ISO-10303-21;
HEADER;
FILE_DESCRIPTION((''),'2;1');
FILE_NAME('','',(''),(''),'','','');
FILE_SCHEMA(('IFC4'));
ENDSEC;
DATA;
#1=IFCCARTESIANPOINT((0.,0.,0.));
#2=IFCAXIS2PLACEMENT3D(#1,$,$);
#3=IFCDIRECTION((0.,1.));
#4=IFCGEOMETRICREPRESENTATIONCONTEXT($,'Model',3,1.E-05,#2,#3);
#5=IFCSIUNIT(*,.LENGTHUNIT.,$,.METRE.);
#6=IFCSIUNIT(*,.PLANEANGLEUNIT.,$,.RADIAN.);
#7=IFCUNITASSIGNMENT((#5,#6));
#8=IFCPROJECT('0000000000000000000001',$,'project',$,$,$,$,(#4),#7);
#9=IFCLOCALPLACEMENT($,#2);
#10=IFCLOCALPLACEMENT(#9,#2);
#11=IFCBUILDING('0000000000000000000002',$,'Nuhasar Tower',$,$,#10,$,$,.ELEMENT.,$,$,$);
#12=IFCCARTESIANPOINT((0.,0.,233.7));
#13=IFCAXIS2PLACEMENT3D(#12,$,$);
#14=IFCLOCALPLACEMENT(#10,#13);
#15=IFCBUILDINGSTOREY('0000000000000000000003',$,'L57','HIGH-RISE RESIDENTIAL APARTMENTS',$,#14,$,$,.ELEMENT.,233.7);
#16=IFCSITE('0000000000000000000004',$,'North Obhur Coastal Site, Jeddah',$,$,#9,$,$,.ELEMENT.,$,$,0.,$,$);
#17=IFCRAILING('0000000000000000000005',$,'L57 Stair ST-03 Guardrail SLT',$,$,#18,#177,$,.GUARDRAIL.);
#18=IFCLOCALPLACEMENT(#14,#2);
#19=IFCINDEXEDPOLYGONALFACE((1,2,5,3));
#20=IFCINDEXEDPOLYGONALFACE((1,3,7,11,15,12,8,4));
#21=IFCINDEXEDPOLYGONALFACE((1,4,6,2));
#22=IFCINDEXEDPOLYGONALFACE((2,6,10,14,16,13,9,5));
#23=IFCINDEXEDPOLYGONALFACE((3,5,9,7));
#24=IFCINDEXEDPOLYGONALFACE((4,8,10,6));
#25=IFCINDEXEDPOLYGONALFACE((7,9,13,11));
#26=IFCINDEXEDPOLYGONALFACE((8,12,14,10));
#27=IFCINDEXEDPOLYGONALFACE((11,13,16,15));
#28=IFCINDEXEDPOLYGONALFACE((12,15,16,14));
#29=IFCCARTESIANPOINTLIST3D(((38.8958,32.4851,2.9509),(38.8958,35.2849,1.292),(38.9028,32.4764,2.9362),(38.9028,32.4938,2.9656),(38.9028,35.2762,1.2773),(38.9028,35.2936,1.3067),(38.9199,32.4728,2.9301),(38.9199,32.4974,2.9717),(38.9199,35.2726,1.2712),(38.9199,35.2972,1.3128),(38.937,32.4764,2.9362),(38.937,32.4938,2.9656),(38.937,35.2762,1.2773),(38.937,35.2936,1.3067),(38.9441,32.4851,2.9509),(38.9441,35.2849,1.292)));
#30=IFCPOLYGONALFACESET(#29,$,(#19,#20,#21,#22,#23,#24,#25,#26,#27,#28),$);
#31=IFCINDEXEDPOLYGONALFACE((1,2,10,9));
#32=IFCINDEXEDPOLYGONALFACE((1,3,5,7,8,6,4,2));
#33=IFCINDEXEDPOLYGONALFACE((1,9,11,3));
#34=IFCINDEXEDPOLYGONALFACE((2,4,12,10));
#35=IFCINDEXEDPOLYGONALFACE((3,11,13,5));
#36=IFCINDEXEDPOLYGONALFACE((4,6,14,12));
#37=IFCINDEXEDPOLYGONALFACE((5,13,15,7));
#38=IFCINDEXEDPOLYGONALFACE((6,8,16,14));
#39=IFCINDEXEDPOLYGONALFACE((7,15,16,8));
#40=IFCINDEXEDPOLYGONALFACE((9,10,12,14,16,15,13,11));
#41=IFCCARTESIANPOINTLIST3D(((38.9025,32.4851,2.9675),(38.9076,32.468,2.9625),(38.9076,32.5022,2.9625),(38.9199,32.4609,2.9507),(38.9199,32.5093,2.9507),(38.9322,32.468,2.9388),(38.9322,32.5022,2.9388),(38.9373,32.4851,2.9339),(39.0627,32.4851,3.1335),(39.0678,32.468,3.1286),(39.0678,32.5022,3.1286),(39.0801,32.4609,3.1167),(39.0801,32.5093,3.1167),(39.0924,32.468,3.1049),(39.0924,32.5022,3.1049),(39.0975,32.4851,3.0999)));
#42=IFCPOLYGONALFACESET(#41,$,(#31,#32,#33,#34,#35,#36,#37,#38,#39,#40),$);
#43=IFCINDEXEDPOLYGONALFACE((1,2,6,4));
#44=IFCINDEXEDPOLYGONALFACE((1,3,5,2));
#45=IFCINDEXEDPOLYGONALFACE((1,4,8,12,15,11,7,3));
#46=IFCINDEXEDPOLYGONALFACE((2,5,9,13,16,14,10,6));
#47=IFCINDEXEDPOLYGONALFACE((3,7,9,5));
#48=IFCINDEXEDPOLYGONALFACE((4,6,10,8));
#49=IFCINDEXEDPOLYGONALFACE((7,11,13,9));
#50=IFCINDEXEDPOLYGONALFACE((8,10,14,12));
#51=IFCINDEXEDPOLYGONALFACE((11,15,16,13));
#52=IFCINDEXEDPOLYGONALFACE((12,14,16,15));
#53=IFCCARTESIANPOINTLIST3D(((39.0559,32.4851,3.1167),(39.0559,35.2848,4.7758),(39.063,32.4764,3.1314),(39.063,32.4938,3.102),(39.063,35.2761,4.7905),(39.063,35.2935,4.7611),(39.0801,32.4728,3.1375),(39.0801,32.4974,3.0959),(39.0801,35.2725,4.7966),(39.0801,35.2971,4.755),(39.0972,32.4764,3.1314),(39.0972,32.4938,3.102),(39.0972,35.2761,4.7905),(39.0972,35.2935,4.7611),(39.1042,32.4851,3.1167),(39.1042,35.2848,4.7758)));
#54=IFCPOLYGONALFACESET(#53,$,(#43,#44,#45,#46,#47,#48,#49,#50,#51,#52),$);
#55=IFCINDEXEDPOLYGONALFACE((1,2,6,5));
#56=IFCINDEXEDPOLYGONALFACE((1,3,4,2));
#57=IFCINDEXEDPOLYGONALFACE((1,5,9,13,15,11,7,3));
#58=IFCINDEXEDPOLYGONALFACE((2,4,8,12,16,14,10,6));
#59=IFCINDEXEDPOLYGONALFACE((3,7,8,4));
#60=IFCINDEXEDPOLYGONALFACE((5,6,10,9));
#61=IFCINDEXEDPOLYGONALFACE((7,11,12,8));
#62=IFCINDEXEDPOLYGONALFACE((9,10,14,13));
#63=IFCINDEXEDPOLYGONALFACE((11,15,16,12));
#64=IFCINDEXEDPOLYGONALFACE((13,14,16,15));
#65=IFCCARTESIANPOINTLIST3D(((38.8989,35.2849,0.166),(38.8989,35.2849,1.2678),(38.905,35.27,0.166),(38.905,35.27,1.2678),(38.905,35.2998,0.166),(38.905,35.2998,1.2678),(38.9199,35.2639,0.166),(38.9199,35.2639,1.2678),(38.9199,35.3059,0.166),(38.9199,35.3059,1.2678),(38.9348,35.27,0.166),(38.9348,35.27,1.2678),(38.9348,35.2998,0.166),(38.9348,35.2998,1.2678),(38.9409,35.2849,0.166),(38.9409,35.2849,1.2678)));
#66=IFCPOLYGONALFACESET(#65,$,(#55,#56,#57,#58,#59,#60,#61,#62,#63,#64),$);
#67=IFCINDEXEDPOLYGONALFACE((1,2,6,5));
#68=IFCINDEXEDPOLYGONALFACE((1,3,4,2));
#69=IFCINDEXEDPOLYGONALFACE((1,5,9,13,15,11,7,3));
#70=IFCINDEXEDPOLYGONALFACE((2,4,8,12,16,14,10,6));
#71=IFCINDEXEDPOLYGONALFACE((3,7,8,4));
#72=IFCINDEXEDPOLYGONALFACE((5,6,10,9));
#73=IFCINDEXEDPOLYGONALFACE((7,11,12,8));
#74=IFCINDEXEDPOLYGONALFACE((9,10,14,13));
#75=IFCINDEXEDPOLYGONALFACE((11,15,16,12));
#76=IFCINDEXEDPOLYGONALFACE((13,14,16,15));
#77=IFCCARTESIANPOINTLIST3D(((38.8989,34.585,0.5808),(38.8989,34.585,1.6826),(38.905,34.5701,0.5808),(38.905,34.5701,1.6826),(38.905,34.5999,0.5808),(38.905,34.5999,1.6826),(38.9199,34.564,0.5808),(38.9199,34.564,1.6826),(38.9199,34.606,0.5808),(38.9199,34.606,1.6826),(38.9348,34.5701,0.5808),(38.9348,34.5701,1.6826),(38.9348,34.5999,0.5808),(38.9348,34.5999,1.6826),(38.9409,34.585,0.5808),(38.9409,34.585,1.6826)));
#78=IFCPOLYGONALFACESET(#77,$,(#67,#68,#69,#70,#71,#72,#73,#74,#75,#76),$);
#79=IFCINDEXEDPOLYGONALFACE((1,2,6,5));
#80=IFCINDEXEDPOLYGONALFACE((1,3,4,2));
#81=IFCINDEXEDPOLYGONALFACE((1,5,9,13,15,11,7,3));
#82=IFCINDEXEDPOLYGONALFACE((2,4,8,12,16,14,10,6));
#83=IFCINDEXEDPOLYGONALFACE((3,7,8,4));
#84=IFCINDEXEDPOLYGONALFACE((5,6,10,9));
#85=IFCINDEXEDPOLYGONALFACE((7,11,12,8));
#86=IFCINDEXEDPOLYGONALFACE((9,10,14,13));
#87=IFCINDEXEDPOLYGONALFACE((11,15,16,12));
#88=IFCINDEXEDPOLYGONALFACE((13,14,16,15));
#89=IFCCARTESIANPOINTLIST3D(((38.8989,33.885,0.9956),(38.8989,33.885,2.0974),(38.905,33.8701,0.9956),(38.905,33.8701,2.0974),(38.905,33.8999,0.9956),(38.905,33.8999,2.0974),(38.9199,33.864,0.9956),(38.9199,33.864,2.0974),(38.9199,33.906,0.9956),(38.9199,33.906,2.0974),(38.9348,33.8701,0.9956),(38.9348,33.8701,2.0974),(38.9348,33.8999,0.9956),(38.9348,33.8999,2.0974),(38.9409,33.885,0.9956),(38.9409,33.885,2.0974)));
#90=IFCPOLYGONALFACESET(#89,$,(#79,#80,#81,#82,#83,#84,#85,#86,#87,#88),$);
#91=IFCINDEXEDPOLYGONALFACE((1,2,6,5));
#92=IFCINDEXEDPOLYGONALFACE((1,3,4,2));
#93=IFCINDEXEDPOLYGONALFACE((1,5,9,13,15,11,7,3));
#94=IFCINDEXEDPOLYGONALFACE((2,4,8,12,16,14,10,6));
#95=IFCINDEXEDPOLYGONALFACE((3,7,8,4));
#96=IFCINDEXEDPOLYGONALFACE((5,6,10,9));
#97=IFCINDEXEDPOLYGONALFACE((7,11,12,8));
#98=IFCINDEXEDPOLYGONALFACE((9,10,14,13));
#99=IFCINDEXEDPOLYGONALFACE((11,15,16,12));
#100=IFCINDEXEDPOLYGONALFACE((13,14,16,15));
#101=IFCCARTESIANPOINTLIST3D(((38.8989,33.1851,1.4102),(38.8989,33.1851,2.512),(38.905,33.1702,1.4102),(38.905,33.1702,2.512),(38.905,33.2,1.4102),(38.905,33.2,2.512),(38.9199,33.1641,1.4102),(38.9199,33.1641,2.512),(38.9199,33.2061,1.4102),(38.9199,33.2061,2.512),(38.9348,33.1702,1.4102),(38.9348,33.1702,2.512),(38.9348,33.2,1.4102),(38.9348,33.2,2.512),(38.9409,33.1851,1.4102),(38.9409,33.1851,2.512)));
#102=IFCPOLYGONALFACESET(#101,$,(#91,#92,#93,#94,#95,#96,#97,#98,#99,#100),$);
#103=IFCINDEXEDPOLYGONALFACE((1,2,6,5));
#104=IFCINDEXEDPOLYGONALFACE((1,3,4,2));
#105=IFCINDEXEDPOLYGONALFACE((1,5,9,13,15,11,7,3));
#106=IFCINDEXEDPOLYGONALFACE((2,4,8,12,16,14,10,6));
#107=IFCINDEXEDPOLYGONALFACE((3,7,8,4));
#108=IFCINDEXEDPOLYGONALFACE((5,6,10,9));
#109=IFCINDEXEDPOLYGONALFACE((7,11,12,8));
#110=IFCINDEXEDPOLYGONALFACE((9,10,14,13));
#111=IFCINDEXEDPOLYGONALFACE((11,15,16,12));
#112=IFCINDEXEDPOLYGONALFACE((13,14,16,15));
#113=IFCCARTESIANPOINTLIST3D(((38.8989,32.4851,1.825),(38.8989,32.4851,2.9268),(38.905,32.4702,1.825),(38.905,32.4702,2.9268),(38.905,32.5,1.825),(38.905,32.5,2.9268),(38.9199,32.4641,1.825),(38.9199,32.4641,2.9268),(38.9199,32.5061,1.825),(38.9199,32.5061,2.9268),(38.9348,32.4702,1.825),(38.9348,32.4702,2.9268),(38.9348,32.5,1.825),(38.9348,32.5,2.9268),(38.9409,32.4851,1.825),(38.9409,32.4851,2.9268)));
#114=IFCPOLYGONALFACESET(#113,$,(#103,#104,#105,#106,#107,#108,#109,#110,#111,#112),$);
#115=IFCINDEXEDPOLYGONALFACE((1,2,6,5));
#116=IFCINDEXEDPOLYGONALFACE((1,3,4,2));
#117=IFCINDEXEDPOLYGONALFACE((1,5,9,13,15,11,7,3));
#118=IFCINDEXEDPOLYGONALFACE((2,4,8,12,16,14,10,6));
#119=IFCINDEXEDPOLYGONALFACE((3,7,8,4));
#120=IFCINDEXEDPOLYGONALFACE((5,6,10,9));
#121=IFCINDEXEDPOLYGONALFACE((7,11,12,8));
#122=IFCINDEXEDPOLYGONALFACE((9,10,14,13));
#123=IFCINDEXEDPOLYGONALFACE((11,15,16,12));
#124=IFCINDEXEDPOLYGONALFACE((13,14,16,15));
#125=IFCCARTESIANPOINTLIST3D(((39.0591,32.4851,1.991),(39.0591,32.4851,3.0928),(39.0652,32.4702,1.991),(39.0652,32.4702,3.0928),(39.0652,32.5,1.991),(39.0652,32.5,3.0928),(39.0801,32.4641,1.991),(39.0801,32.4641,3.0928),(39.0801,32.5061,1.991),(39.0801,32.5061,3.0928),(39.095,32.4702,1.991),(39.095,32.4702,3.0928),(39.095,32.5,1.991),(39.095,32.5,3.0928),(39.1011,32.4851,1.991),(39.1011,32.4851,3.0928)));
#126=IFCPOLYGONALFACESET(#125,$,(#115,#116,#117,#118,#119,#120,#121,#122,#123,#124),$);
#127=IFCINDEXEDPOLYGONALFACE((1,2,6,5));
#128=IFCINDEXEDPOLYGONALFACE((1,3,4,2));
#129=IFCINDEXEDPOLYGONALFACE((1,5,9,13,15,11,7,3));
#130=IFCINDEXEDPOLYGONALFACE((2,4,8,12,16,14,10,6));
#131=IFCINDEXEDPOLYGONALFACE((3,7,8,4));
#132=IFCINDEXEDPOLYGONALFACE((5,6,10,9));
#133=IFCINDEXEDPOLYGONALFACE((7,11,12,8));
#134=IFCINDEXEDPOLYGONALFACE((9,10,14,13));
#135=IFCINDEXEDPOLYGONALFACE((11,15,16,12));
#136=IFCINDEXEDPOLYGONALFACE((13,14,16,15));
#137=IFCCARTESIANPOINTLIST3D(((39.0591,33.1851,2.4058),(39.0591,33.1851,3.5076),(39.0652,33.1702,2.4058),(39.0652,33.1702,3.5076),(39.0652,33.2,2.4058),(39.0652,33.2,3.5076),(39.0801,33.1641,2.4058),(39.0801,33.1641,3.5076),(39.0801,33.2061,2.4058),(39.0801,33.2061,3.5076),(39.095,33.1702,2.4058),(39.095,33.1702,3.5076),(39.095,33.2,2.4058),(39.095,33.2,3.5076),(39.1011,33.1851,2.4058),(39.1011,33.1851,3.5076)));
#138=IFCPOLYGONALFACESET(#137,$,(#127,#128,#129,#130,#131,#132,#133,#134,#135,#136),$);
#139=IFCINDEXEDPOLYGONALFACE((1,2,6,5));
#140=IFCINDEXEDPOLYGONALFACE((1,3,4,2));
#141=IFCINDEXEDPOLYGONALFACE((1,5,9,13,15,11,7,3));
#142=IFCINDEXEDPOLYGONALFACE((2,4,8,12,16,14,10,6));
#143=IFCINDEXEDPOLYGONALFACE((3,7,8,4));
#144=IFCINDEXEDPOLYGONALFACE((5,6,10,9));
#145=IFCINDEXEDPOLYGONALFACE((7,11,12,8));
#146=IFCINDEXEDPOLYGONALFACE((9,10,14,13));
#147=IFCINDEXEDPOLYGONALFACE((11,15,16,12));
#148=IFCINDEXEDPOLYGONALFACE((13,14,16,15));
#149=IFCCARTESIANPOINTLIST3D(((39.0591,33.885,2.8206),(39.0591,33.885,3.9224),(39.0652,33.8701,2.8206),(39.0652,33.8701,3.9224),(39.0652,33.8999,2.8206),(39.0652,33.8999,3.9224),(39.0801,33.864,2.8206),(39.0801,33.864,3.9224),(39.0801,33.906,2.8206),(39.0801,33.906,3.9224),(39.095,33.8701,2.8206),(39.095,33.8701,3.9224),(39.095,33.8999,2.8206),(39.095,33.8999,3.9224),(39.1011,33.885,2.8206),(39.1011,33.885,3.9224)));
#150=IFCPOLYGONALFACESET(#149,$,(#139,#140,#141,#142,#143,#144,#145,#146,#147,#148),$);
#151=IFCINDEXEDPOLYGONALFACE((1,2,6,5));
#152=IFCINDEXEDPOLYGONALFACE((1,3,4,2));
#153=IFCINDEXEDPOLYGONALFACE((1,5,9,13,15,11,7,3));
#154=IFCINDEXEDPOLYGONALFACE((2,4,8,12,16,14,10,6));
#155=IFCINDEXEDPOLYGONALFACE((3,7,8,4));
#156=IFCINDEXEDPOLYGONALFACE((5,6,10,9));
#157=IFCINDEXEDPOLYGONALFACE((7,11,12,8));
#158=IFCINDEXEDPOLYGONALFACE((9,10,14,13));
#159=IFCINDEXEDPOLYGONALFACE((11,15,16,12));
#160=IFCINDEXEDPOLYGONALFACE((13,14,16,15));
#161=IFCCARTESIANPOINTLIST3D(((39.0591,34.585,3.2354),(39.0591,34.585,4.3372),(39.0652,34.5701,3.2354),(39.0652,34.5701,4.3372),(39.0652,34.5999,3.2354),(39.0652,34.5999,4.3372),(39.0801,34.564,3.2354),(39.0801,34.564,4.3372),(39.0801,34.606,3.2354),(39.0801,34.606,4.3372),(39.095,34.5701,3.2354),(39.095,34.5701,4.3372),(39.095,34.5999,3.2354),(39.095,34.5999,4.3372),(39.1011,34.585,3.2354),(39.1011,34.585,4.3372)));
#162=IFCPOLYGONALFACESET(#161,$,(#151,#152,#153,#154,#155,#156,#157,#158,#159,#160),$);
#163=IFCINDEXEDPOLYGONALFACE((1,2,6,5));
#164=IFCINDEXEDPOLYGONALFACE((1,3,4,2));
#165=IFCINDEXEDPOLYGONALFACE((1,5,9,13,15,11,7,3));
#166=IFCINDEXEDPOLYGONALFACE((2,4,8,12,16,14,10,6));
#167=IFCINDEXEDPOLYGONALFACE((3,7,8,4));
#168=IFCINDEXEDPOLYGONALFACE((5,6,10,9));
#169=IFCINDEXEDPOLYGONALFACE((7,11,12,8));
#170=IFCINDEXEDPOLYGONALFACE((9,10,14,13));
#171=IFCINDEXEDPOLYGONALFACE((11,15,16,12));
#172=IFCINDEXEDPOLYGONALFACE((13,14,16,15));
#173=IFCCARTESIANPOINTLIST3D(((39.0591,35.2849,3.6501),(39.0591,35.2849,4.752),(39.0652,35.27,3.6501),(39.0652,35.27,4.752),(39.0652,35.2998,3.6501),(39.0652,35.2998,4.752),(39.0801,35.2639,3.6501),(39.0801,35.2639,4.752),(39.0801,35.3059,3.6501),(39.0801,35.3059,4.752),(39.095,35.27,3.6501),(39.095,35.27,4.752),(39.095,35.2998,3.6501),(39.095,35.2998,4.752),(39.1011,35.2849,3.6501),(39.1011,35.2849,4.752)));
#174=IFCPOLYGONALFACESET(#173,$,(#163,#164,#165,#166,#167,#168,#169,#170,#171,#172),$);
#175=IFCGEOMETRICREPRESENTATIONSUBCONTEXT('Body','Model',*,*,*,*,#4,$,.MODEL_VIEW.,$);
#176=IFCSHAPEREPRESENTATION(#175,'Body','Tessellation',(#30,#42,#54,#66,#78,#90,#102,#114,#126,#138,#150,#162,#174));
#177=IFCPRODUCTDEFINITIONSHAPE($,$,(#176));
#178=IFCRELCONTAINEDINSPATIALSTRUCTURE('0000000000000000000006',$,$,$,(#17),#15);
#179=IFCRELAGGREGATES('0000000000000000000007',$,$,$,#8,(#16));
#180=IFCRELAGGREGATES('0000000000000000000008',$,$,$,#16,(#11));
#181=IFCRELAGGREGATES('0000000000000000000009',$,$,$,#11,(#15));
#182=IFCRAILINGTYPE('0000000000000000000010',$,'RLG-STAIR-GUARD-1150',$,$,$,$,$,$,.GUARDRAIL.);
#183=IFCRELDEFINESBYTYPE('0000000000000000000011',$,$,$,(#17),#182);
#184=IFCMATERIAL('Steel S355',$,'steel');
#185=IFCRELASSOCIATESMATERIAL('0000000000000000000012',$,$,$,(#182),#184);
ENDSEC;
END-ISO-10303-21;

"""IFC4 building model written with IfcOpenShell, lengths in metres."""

from ifc_helpers import new_model, si_unit, direction, frame, origin, place, context, subcontext, project, spatial, polyline, outline, extrude, material, type_object, element, save


model = new_model("IFC4")

# Units and contexts
model_context = context("Model", 3, precision=1e-05, world=origin(), true_north=direction((0.0, 1.0)))
body_context = subcontext(model_context, "Body", "Model", "MODEL_VIEW")
ifc_project = project(units=[si_unit("LENGTHUNIT", "METRE"), si_unit("PLANEANGLEUNIT", "RADIAN")], contexts=[model_context])

# Site, building, storey
site_placement = place(None, origin())
site = spatial("IfcSite", under=ifc_project, at=site_placement, Name="North Obhur Coastal Site, Jeddah", CompositionType="ELEMENT", RefElevation=0.0)
building_placement = place(site_placement, origin())
building = spatial("IfcBuilding", under=site, at=building_placement, Name="Nuhasar Tower", CompositionType="ELEMENT")
storey_placement = place(building_placement, frame((0.0, 0.0, 233.7)))
storey = spatial("IfcBuildingStorey", under=building, at=storey_placement, Name="L57", Description="HIGH-RISE RESIDENTIAL APARTMENTS", CompositionType="ELEMENT", Elevation=233.7)

# Shared definitions
ifc_material_1 = material(Name="Steel S355", Category="steel")

# Railing
railing_type_1 = type_object("IfcRailingType", Name="RLG-STAIR-GUARD-1150", PredefinedType="GUARDRAIL", material=ifc_material_1)
railing_1_placement = place(storey_placement, frame((38.9199, 35.2849, 0.166)))
element("IfcRailing", 1, at=railing_1_placement, inside=storey, type_object=railing_type_1, Name="L57 Stair ST-03 Guardrail SLT", PredefinedType="GUARDRAIL", context=body_context, shape_type="SweptSolid", body=[
    extrude(outline(polyline([(0.0242, 0.0), (0.0171, 0.0171), (0.0, 0.0242), (-0.0171, 0.0171), (-0.0242, 0.0), (-0.0171, -0.0171), (0.0, -0.0242), (0.0171, -0.0171), (0.0242, 0.0)])), frame((0.0, 0.0, 1.126), z_axis=(0.0, -0.86032, 0.509755), x_axis=(1.0, 0.0, 0.0)), (0.0, 0.0, 1.0), 3.2544),
    extrude(outline(polyline([(0.0242, 0.0), (0.0171, 0.0171), (0.0, 0.0242), (-0.0171, 0.0171), (-0.0242, 0.0), (-0.0171, -0.0171), (0.0, -0.0242), (0.0171, -0.0171), (0.0242, 0.0)])), frame((0.0, -2.7998, 2.7847), z_axis=(0.694292, 0.0, 0.719693), x_axis=(0.0, 1.0, 0.0)), (0.0, 0.0, 1.0), 0.2307),
    extrude(outline(polyline([(0.0242, 0.0), (0.0171, 0.0171), (0.0, 0.0242), (-0.0171, 0.0171), (-0.0242, 0.0), (-0.0171, -0.0171), (0.0, -0.0242), (0.0171, -0.0171), (0.0242, 0.0)])), frame((0.1602, -2.7998, 2.9507), z_axis=(0.0, 0.860287, 0.509811), x_axis=(-1.0, 0.0, 0.0)), (0.0, 0.0, 1.0), 3.2544),
    extrude(outline(polyline([(0.021, 0.0), (0.0149, 0.0149), (0.0, 0.021), (-0.0149, 0.0149), (-0.021, 0.0), (-0.0149, -0.0149), (0.0, -0.021), (0.0149, -0.0149), (0.021, 0.0)])), origin(), (0.0, 0.0, 1.0), 1.1018),
    extrude(outline(polyline([(0.021, 0.0), (0.0149, 0.0149), (0.0, 0.021), (-0.0149, 0.0149), (-0.021, 0.0), (-0.0149, -0.0149), (0.0, -0.021), (0.0149, -0.0149), (0.021, 0.0)])), frame((0.0, -0.7, 0.4148)), (0.0, 0.0, 1.0), 1.1018),
    extrude(outline(polyline([(0.021, 0.0), (0.0149, 0.0149), (0.0, 0.021), (-0.0149, 0.0149), (-0.021, 0.0), (-0.0149, -0.0149), (0.0, -0.021), (0.0149, -0.0149), (0.021, 0.0)])), frame((0.0, -1.3999, 0.8296)), (0.0, 0.0, 1.0), 1.1018),
    extrude(outline(polyline([(0.021, 0.0), (0.0149, 0.0149), (0.0, 0.021), (-0.0149, 0.0149), (-0.021, 0.0), (-0.0149, -0.0149), (0.0, -0.021), (0.0149, -0.0149), (0.021, 0.0)])), frame((0.0, -2.0999, 1.2441)), (0.0, 0.0, 1.0), 1.1018),
    extrude(outline(polyline([(0.021, 0.0), (0.0149, 0.0149), (0.0, 0.021), (-0.0149, 0.0149), (-0.021, 0.0), (-0.0149, -0.0149), (0.0, -0.021), (0.0149, -0.0149), (0.021, 0.0)])), frame((0.0, -2.7998, 1.6589)), (0.0, 0.0, 1.0), 1.1018),
    extrude(outline(polyline([(0.021, 0.0), (0.0149, 0.0149), (0.0, 0.021), (-0.0149, 0.0149), (-0.021, 0.0), (-0.0149, -0.0149), (0.0, -0.021), (0.0149, -0.0149), (0.021, 0.0)])), frame((0.1602, -2.7998, 1.825)), (0.0, 0.0, 1.0), 1.1018),
    extrude(outline(polyline([(0.021, 0.0), (0.0149, 0.0149), (0.0, 0.021), (-0.0149, 0.0149), (-0.021, 0.0), (-0.0149, -0.0149), (0.0, -0.021), (0.0149, -0.0149), (0.021, 0.0)])), frame((0.1602, -2.0999, 2.2397)), (0.0, 0.0, 1.0), 1.1018),
    extrude(outline(polyline([(0.021, 0.0), (0.0149, 0.0149), (0.0, 0.021), (-0.0149, 0.0149), (-0.021, 0.0), (-0.0149, -0.0149), (0.0, -0.021), (0.0149, -0.0149), (0.021, 0.0)])), frame((0.1602, -1.3999, 2.6545)), (0.0, 0.0, 1.0), 1.1018),
    extrude(outline(polyline([(0.021, 0.0), (0.0149, 0.0149), (0.0, 0.021), (-0.0149, 0.0149), (-0.021, 0.0), (-0.0149, -0.0149), (0.0, -0.021), (0.0149, -0.0149), (0.021, 0.0)])), frame((0.1602, -0.7, 3.0693)), (0.0, 0.0, 1.0), 1.1018),
    extrude(outline(polyline([(0.021, 0.0), (0.0149, 0.0149), (0.0, 0.021), (-0.0149, 0.0149), (-0.021, 0.0), (-0.0149, -0.0149), (0.0, -0.021), (0.0149, -0.0149), (0.021, 0.0)])), frame((0.1602, 0.0, 3.4841)), (0.0, 0.0, 1.0), 1.1018),
])

save(model, "model.ifc")
